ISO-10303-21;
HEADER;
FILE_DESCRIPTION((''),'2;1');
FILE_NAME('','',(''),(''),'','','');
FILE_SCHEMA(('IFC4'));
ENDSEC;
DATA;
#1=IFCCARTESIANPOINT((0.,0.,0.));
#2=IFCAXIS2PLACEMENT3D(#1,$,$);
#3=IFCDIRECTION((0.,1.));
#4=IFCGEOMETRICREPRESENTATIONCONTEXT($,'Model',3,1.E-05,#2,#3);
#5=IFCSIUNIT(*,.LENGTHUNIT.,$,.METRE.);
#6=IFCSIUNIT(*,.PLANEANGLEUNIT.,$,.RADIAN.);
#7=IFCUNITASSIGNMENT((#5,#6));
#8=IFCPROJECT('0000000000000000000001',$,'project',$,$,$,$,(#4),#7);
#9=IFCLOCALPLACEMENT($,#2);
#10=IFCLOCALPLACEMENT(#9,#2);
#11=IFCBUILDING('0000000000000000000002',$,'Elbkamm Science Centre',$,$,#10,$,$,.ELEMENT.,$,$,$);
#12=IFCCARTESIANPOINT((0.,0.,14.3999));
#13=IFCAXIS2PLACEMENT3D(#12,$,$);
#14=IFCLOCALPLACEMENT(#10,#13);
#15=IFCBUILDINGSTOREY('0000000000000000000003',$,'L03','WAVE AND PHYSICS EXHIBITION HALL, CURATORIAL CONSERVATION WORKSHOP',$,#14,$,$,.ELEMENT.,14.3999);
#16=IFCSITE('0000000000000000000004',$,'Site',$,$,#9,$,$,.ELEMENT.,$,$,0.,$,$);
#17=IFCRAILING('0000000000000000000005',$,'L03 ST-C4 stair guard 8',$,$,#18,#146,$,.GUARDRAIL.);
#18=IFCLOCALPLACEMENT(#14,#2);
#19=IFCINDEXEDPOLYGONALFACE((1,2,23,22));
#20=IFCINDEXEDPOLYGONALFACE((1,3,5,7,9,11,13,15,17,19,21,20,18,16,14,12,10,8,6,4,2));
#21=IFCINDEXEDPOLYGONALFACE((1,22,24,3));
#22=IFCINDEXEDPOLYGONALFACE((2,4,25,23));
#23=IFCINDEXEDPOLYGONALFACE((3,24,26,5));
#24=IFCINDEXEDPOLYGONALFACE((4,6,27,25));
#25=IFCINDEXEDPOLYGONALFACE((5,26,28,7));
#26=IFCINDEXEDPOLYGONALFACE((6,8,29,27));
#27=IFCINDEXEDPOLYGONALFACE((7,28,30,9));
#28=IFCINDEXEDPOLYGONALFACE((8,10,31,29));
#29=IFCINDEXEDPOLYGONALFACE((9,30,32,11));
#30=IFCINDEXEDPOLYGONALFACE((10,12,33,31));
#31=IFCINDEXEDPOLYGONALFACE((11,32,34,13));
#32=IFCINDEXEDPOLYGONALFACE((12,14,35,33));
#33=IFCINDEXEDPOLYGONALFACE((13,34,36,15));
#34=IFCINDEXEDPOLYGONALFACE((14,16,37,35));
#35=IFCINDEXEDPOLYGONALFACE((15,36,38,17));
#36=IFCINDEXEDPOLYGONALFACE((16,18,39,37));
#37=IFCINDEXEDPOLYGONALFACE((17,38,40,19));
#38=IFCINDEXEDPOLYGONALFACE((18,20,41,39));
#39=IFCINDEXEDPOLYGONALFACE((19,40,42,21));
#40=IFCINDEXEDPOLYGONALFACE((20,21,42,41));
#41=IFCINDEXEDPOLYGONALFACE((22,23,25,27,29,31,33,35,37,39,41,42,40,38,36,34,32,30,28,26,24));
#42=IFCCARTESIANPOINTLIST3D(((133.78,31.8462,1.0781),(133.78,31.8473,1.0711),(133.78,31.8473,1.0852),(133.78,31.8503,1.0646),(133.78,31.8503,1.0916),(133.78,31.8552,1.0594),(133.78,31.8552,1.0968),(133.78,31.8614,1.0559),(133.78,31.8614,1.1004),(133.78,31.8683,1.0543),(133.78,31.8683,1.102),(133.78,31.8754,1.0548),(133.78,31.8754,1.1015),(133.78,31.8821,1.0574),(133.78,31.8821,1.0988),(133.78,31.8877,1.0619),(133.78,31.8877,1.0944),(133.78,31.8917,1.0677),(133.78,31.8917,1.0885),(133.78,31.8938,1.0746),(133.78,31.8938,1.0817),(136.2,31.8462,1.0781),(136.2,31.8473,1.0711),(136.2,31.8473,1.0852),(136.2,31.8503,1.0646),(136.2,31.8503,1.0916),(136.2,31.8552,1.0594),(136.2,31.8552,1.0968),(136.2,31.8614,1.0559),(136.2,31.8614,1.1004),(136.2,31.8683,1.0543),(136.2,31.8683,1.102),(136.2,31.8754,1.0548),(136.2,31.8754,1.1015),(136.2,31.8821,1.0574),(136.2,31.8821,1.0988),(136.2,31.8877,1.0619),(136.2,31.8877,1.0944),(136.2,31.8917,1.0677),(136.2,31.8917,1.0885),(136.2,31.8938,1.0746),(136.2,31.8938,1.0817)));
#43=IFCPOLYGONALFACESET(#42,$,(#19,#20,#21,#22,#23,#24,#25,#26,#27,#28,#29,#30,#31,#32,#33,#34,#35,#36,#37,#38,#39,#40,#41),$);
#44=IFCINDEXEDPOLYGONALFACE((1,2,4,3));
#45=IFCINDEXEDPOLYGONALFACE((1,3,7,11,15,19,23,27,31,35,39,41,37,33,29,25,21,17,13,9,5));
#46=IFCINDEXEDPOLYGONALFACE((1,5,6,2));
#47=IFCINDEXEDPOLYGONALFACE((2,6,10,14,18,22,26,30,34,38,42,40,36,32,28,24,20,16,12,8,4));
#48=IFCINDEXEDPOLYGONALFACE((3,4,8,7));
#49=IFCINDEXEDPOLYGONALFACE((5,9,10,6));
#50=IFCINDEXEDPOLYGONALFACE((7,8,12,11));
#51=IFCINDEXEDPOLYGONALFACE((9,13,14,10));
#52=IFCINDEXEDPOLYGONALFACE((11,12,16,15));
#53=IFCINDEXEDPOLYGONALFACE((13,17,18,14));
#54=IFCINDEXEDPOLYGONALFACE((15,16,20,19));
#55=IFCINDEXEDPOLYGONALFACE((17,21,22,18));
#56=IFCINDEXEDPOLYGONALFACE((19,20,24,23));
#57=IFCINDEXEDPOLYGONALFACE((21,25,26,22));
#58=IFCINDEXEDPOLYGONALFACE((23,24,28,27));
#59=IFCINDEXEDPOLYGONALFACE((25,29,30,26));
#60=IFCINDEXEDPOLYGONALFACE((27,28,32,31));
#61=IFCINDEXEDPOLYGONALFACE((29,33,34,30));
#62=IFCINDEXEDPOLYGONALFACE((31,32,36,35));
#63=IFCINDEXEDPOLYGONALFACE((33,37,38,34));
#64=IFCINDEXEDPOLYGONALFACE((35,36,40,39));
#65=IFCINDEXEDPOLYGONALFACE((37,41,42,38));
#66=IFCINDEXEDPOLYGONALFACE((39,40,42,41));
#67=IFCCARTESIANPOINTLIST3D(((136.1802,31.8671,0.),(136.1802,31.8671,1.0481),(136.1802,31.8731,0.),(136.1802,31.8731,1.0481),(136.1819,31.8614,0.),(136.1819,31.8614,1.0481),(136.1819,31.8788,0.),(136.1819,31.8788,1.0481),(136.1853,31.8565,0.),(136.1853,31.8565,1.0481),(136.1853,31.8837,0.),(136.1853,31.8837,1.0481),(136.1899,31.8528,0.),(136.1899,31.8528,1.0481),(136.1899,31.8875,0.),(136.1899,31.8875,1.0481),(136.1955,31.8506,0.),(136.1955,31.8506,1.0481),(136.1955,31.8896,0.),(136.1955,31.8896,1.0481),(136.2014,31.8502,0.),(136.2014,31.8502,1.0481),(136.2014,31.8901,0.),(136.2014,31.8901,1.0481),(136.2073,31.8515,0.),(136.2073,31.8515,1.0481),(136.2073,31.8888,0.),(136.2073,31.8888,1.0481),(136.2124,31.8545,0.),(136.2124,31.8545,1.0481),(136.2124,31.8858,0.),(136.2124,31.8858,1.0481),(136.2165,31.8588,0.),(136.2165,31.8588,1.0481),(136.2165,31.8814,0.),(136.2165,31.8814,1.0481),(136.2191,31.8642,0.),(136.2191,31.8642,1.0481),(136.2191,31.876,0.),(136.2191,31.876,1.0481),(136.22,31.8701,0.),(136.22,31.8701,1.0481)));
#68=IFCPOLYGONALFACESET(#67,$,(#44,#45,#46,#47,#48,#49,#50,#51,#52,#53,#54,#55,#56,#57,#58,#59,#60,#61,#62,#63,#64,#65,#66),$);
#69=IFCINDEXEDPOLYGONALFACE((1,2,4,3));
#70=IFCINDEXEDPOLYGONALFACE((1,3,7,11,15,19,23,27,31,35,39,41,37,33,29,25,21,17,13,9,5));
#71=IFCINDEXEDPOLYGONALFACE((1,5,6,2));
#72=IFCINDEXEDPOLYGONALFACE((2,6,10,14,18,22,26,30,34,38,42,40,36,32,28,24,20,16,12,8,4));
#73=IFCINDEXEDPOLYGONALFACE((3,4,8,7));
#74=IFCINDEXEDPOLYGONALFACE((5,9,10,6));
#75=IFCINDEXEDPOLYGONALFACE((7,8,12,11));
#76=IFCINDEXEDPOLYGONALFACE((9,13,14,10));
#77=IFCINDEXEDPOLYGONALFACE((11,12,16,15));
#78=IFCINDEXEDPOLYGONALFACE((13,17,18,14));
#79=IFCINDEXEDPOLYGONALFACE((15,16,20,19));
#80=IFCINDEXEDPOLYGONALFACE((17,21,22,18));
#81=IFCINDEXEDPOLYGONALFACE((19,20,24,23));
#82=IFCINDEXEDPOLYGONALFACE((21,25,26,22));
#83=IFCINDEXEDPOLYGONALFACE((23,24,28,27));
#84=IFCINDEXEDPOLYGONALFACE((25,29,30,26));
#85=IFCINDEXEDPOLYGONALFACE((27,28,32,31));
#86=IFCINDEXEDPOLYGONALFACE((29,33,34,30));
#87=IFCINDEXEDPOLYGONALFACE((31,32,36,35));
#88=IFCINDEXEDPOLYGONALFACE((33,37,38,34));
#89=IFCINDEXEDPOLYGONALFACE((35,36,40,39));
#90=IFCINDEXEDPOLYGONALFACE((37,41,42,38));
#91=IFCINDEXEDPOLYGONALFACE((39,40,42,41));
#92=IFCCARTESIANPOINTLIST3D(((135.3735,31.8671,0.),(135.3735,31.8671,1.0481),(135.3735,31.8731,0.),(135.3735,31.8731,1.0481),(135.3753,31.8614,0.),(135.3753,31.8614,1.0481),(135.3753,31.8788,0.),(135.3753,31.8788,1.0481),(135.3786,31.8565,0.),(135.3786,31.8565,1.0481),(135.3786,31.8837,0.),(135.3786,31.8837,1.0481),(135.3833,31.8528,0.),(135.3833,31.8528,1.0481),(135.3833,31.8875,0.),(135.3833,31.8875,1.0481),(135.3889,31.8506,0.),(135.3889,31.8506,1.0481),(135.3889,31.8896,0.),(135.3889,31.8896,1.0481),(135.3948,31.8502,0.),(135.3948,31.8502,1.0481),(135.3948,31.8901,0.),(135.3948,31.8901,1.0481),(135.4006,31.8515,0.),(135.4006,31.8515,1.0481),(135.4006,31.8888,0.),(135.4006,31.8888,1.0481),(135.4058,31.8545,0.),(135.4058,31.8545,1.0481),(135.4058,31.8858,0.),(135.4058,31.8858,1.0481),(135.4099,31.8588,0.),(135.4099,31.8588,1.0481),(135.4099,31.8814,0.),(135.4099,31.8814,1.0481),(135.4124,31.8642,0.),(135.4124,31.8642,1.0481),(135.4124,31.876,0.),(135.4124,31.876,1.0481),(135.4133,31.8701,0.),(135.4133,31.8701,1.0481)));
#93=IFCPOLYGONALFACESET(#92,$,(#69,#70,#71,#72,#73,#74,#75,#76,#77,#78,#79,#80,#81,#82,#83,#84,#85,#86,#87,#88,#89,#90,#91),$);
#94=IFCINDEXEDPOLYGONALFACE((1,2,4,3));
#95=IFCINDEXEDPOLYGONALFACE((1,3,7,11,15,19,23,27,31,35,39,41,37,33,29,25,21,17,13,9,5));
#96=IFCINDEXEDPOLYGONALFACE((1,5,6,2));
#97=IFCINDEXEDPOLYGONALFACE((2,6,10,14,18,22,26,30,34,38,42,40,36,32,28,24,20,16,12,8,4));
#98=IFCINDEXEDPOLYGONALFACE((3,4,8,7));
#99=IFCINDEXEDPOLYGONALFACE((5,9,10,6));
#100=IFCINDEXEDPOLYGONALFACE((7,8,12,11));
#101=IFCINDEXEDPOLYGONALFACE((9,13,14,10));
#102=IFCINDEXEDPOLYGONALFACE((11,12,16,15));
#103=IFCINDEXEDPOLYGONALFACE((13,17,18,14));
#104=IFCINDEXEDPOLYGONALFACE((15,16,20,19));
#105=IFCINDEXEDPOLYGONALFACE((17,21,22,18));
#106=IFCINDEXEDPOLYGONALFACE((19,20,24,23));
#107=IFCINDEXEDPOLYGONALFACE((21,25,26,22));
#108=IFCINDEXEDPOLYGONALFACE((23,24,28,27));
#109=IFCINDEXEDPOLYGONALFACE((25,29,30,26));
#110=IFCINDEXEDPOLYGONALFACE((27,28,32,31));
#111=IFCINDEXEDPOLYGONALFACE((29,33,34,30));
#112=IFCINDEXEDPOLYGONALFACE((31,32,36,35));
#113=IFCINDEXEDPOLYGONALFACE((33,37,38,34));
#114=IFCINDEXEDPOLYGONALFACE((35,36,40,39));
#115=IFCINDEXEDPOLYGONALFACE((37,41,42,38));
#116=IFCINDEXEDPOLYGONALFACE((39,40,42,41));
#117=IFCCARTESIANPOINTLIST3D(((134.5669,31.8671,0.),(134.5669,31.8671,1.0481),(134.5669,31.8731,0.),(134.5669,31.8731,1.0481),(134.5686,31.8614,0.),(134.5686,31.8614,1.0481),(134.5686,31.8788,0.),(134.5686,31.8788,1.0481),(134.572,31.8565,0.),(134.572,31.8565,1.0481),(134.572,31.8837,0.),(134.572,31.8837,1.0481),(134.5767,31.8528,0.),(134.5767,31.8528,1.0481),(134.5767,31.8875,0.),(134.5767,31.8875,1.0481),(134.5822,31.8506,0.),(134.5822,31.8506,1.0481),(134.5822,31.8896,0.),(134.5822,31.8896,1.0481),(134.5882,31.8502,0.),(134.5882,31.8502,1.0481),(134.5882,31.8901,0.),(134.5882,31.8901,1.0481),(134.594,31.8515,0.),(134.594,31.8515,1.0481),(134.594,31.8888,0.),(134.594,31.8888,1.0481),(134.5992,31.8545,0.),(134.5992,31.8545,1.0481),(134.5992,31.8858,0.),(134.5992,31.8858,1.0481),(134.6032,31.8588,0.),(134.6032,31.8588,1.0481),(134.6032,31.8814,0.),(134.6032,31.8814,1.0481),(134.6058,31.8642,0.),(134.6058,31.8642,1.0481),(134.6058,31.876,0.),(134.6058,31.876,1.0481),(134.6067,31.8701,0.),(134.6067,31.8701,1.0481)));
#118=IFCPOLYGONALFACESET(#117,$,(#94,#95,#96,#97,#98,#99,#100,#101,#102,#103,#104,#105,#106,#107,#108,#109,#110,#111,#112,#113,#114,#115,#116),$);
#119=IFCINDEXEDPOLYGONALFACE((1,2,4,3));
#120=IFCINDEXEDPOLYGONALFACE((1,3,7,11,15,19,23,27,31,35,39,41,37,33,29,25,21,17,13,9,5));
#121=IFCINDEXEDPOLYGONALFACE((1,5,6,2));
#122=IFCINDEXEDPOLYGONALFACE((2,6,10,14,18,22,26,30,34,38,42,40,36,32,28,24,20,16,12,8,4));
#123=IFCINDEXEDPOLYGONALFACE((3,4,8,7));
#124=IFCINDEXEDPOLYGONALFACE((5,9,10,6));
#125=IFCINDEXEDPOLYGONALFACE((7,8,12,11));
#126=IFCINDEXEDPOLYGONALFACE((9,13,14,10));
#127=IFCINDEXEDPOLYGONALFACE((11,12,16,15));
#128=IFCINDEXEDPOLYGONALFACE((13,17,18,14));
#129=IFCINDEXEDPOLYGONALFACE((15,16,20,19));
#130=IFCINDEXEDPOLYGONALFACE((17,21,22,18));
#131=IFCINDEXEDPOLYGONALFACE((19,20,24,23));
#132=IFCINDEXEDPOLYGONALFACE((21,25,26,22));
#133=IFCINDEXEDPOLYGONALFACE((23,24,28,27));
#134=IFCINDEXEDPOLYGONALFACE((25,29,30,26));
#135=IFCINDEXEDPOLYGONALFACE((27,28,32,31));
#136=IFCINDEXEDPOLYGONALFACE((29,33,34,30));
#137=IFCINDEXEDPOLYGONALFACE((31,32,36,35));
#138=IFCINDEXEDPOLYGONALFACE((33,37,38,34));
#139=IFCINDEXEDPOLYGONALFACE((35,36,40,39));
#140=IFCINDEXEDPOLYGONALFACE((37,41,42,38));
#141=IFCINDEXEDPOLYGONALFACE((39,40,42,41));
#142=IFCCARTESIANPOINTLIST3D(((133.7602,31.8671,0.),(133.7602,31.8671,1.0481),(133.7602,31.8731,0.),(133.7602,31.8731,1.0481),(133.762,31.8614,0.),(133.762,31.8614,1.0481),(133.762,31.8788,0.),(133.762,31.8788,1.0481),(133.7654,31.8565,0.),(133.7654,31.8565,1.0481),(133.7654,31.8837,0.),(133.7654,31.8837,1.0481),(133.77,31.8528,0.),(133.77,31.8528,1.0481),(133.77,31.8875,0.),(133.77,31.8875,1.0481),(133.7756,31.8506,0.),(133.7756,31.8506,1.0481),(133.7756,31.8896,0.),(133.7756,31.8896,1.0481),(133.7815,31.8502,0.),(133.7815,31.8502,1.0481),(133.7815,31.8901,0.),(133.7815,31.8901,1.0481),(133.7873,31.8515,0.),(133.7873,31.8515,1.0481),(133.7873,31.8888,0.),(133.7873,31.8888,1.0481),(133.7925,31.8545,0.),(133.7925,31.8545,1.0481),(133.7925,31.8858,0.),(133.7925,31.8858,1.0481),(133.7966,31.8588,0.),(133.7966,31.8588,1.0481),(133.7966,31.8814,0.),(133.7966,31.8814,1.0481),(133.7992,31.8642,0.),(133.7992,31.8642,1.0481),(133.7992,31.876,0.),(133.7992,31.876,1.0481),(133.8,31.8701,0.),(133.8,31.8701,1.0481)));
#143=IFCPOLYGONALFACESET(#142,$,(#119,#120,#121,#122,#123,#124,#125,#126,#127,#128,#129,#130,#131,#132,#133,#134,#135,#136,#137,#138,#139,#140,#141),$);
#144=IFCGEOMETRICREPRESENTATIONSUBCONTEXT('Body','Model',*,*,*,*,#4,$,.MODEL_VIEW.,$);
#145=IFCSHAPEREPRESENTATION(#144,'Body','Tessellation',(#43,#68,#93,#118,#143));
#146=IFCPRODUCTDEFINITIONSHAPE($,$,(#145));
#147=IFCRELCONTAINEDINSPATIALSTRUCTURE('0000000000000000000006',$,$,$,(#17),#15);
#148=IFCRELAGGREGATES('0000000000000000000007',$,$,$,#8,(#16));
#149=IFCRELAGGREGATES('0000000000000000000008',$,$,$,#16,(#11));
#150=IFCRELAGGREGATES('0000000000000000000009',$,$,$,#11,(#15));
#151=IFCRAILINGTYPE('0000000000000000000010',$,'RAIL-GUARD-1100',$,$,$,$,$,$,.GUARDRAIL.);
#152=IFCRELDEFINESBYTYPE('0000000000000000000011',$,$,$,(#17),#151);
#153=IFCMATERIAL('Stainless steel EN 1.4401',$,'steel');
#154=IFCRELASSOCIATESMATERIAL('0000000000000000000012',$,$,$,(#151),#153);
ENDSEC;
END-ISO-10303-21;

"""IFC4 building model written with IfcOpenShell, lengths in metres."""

from ifc_helpers import new_model, si_unit, direction, frame, origin, origin_2d, place, context, subcontext, project, spatial, circle, extrude, material, type_object, element, save


model = new_model("IFC4")

# Units and contexts
model_context = context("Model", 3, precision=1e-05, world=origin(), true_north=direction((0.0, 1.0)))
body_context = subcontext(model_context, "Body", "Model", "MODEL_VIEW")
ifc_project = project(units=[si_unit("LENGTHUNIT", "METRE"), si_unit("PLANEANGLEUNIT", "RADIAN")], contexts=[model_context])

# Site, building, storey
site_placement = place(None, origin())
site = spatial("IfcSite", under=ifc_project, at=site_placement, Name="Site", CompositionType="ELEMENT", RefElevation=0.0)
building_placement = place(site_placement, origin())
building = spatial("IfcBuilding", under=site, at=building_placement, Name="Elbkamm Science Centre", CompositionType="ELEMENT")
storey_placement = place(building_placement, frame((0.0, 0.0, 14.3999)))
storey = spatial("IfcBuildingStorey", under=building, at=storey_placement, Name="L03", Description="WAVE AND PHYSICS EXHIBITION HALL, CURATORIAL CONSERVATION WORKSHOP", CompositionType="ELEMENT", Elevation=14.3999)

# Railing
ifc_material_1 = material(Name="Stainless steel EN 1.4401", Category="steel")
railing_type = type_object("IfcRailingType", Name="RAIL-GUARD-1100", PredefinedType="GUARDRAIL", material=ifc_material_1)
for number, where, name in (
    (1, (136.2, 31.8701, 0.0), "L03 ST-C4 stair guard 8"),
):
    element("IfcRailing", number, at=place(storey_placement, frame(where)), inside=storey, type_object=railing_type, Name=name, PredefinedType="GUARDRAIL", context=body_context, shape_type="SweptSolid", body=[
        extrude(circle(Radius=0.0239, at=origin_2d()), frame((0.0, 0.0, 1.0781), z_axis=(-1.0, 0.0, 0.0), x_axis=(0.0, -1.0, 0.0)), (0.0, 0.0, 1.0), 2.4199),
        extrude(circle(Radius=0.02, at=origin_2d()), origin(), (0.0, 0.0, 1.0), 1.0481),
        extrude(circle(Radius=0.02, at=origin_2d()), frame((-0.8066, 0.0, 0.0)), (0.0, 0.0, 1.0), 1.0481),
        extrude(circle(Radius=0.02, at=origin_2d()), frame((-1.6133, 0.0, 0.0)), (0.0, 0.0, 1.0), 1.0481),
        extrude(circle(Radius=0.02, at=origin_2d()), frame((-2.4199, 0.0, 0.0)), (0.0, 0.0, 1.0), 1.0481),
    ])

save(model, "model.ifc")
